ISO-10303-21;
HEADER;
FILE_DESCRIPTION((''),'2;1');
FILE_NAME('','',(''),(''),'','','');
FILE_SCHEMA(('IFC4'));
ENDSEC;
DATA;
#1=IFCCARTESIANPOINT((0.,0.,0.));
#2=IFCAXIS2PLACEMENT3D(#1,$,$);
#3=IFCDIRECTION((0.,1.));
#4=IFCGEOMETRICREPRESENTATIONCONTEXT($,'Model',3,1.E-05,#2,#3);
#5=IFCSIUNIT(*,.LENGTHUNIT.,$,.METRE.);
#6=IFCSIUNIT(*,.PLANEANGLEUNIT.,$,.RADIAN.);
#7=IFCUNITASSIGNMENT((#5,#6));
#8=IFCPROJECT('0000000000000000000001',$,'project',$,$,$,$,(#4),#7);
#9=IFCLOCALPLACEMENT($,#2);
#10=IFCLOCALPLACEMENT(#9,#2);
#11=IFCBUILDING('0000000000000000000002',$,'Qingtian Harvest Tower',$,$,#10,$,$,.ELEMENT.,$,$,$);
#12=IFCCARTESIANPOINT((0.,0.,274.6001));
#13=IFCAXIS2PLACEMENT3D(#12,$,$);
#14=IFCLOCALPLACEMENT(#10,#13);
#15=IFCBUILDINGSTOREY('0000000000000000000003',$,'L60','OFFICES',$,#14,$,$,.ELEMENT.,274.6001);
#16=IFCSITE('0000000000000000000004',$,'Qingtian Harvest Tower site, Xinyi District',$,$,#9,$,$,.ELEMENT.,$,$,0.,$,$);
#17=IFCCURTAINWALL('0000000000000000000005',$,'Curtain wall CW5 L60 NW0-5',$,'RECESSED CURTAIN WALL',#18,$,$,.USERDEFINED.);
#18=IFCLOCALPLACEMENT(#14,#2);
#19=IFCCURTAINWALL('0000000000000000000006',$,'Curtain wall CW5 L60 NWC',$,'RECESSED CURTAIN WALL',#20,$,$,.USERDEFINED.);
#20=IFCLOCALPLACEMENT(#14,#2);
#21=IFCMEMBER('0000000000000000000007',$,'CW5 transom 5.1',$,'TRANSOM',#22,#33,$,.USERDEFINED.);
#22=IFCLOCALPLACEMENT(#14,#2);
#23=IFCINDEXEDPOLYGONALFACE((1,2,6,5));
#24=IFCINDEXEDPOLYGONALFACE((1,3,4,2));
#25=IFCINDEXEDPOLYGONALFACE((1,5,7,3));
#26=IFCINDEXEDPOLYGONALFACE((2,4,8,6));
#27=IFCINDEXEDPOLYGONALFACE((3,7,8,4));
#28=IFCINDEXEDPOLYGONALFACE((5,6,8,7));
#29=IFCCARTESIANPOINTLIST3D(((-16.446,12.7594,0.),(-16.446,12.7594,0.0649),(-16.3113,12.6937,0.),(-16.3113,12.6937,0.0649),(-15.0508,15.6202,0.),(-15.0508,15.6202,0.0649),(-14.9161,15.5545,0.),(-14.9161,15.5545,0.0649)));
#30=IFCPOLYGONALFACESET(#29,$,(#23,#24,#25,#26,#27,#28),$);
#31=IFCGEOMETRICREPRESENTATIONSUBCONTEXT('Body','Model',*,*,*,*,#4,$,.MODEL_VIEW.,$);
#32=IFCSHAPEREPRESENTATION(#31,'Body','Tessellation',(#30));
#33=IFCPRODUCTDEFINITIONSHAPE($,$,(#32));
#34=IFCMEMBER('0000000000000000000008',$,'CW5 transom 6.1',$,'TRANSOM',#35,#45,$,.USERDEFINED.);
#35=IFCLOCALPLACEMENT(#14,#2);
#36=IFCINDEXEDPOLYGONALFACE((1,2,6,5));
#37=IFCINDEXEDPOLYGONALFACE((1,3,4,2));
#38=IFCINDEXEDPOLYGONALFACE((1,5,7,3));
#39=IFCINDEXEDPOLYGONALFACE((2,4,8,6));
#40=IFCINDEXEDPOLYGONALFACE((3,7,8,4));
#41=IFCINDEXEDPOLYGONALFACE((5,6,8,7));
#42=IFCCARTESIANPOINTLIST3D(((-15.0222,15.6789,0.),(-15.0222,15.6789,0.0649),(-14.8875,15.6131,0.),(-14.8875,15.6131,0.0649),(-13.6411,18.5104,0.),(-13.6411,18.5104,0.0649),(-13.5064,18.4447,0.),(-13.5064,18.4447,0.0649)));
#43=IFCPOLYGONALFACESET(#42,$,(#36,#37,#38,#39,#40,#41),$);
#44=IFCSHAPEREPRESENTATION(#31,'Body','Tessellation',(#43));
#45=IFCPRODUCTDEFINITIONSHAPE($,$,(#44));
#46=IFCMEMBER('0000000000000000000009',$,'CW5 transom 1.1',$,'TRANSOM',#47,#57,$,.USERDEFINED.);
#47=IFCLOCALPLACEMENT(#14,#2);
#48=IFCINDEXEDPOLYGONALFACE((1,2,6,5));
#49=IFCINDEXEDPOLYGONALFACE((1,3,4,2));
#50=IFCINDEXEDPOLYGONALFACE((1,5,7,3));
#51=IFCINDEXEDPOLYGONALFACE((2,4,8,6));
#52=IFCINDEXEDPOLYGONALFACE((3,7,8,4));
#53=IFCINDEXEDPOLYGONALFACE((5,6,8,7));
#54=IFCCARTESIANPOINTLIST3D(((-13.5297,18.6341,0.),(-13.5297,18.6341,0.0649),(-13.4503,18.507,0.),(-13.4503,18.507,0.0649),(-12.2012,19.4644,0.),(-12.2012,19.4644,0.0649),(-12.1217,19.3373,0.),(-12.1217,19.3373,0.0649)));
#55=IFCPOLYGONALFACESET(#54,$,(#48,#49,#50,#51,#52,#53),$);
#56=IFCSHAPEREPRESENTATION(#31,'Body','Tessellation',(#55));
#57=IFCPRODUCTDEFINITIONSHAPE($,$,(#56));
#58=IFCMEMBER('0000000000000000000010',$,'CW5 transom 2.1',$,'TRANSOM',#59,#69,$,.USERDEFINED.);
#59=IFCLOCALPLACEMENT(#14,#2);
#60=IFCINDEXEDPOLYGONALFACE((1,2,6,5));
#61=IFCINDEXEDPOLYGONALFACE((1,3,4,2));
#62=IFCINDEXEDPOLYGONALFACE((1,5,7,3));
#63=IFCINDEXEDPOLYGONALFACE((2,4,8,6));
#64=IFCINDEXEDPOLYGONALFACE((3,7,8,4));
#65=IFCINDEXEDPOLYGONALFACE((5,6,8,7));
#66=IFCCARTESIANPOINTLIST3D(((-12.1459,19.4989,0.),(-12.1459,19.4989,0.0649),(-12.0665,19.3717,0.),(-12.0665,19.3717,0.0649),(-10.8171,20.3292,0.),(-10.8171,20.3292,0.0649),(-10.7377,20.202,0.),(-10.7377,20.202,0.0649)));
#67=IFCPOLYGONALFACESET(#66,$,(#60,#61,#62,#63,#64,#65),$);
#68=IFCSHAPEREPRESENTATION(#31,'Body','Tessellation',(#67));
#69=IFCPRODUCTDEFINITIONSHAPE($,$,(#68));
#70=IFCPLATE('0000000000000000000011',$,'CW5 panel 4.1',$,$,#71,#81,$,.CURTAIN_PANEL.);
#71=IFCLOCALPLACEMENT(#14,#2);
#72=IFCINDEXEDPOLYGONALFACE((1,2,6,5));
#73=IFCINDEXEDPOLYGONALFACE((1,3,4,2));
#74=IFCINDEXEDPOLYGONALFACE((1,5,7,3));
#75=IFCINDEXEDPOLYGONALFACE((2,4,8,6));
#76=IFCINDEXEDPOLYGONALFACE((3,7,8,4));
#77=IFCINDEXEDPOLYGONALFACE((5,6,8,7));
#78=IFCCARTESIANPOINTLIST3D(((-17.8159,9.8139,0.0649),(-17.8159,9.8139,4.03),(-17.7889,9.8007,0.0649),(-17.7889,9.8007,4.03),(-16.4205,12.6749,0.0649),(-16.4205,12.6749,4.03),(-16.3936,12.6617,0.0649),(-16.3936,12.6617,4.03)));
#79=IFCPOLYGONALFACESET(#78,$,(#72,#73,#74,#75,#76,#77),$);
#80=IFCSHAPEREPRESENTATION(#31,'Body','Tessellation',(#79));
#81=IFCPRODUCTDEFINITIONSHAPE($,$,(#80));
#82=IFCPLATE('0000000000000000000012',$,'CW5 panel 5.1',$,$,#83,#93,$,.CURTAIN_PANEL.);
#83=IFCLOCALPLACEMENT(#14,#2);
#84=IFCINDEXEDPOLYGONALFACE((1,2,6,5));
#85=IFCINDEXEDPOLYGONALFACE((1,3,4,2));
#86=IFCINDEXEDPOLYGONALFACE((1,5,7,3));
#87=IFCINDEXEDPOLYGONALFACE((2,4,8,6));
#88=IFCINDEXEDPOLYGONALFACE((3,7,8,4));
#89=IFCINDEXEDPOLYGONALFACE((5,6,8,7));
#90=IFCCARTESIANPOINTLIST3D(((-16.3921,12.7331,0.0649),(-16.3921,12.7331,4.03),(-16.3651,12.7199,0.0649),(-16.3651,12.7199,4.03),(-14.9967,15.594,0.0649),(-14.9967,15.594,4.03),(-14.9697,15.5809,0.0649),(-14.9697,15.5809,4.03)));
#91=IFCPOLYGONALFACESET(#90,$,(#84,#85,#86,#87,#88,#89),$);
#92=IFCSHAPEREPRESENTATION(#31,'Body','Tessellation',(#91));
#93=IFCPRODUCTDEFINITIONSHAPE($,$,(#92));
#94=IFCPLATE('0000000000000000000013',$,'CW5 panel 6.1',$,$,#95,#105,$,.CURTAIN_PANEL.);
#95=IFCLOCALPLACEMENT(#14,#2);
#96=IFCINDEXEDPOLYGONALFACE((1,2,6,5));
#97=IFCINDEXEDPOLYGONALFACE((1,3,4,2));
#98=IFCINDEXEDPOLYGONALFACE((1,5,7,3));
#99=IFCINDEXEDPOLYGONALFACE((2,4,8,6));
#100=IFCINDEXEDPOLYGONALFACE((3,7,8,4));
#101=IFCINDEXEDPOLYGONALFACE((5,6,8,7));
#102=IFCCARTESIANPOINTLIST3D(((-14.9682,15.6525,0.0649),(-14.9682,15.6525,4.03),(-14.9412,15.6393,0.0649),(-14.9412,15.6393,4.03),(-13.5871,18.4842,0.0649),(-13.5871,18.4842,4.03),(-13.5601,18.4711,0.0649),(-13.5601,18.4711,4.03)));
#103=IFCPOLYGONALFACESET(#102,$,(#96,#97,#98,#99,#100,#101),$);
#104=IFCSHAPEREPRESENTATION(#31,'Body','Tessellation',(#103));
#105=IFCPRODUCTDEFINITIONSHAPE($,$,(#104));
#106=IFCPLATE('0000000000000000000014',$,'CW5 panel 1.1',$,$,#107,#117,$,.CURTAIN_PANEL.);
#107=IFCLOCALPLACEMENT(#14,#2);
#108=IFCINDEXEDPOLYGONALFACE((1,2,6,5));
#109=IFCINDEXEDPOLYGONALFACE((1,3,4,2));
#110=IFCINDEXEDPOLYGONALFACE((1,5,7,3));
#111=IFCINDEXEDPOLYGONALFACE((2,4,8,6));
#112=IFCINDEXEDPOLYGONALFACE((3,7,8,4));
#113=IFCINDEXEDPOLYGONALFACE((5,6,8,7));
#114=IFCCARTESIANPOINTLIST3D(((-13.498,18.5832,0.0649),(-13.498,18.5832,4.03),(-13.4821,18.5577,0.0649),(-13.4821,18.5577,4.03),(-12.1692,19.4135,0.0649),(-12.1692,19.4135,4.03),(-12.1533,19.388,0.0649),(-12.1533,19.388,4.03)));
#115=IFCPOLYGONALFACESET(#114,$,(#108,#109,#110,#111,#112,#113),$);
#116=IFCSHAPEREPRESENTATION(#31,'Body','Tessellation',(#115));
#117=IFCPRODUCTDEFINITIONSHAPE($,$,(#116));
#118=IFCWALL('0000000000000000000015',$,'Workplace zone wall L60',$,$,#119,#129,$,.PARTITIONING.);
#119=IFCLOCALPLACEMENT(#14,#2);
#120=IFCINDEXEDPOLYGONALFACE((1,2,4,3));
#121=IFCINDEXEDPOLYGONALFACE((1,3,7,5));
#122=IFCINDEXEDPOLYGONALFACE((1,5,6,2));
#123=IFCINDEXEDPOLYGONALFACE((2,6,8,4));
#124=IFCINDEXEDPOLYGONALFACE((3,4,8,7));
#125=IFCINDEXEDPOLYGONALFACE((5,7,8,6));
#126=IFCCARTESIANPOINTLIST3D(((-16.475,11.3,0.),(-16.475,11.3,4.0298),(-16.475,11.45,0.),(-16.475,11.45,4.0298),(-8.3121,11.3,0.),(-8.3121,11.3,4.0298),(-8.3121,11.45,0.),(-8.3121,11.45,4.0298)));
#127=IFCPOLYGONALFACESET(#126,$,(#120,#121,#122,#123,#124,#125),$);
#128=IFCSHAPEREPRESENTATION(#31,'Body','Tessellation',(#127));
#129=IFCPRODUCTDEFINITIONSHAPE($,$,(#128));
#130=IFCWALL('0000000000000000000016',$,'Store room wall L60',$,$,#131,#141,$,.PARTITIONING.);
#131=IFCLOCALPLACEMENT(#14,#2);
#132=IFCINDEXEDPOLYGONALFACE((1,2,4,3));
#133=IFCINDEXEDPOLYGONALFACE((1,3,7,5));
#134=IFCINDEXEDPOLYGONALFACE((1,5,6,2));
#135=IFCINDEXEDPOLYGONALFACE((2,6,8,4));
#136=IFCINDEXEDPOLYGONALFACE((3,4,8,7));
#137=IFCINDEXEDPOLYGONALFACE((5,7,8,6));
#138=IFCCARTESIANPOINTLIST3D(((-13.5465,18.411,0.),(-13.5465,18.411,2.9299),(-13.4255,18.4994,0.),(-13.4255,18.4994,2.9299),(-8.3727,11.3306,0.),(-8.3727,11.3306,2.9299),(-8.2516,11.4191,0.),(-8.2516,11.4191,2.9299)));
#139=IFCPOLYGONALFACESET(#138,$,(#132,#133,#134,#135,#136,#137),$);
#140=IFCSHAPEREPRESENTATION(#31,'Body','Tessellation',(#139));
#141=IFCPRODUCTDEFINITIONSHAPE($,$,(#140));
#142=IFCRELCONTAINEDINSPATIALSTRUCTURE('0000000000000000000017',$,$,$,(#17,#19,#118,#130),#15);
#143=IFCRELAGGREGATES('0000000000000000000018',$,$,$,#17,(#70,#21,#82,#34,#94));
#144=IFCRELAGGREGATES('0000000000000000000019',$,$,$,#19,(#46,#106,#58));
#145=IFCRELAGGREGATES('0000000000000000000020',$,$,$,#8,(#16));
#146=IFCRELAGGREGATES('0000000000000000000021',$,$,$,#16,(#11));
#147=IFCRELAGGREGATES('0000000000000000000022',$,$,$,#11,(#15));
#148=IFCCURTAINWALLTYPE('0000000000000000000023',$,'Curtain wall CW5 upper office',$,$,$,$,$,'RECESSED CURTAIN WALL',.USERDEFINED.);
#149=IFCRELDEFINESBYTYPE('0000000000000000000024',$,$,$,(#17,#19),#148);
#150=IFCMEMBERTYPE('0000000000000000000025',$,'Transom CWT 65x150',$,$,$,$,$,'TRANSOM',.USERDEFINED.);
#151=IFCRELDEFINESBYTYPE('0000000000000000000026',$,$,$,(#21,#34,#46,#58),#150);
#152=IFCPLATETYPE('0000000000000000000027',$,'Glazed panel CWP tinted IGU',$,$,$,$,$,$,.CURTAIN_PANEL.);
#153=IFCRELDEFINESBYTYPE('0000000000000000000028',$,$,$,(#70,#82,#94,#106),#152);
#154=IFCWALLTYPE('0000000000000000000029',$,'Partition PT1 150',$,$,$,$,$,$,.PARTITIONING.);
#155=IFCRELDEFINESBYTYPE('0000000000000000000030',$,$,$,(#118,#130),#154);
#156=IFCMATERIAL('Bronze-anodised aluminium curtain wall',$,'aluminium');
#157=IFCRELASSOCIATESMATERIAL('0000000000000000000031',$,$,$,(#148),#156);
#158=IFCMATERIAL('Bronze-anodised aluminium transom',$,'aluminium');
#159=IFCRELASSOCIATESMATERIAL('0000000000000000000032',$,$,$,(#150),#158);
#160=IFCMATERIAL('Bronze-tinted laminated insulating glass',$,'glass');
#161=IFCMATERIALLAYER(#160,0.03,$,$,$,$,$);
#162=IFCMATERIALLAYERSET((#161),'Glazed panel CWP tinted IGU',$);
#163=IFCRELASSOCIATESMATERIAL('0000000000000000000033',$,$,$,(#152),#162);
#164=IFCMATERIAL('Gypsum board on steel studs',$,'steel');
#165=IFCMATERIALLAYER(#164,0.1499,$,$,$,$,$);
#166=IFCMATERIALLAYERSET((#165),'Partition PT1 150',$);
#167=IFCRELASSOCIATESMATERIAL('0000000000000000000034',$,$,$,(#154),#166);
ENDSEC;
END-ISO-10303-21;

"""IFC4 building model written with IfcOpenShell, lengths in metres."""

from ifc_helpers import new_model, si_unit, direction, frame, frame_2d, origin, origin_2d, place, context, subcontext, project, spatial, rectangle, extrude, material, layer, layer_set, material_profile, profile_set, type_object, element, aggregate, save


model = new_model("IFC4")

# Units and contexts
model_context = context("Model", 3, precision=1e-05, world=origin(), true_north=direction((0.0, 1.0)))
body_context = subcontext(model_context, "Body", "Model", "MODEL_VIEW")
ifc_project = project(units=[si_unit("LENGTHUNIT", "METRE"), si_unit("PLANEANGLEUNIT", "RADIAN")], contexts=[model_context])

# Site, building, storey
site_placement = place(None, origin())
site = spatial("IfcSite", under=ifc_project, at=site_placement, Name="Qingtian Harvest Tower site, Xinyi District", CompositionType="ELEMENT", RefElevation=0.0)
building_placement = place(site_placement, origin())
building = spatial("IfcBuilding", under=site, at=building_placement, Name="Qingtian Harvest Tower", CompositionType="ELEMENT")
storey_placement = place(building_placement, frame((0.0, 0.0, 274.6001)))
storey = spatial("IfcBuildingStorey", under=building, at=storey_placement, Name="L60", Description="OFFICES", CompositionType="ELEMENT", Elevation=274.6001)

# Curtain walls
ifc_material_1 = material(Name="Bronze-anodised aluminium curtain wall", Category="aluminium")
curtain_wall_type = type_object("IfcCurtainWallType", Name="Curtain wall CW5 upper office", ElementType="RECESSED CURTAIN WALL", PredefinedType="USERDEFINED", material=ifc_material_1)
curtain_wall_1_placement = place(storey_placement, origin())
curtain_wall_1 = element("IfcCurtainWall", 1, at=curtain_wall_1_placement, inside=storey, type_object=curtain_wall_type, Name="Curtain wall CW5 L60 NW0-5", ObjectType="RECESSED CURTAIN WALL", PredefinedType="USERDEFINED")
curtain_wall_2_placement = place(storey_placement, origin())
curtain_wall_2 = element("IfcCurtainWall", 2, at=curtain_wall_2_placement, inside=storey, type_object=curtain_wall_type, Name="Curtain wall CW5 L60 NWC", ObjectType="RECESSED CURTAIN WALL", PredefinedType="USERDEFINED")

# Members
ifc_material_2 = material(Name="Bronze-anodised aluminium transom", Category="aluminium")
ifc_material_profile_1 = material_profile(ifc_material_2, rectangle(XDim=0.1499, YDim=0.0649, at=origin_2d()), Name="AL 65x150")
ifc_profile_set_1 = profile_set([ifc_material_profile_1], Name="Bronze-anodised aluminium transom")
member_type_1 = type_object("IfcMemberType", Name="Transom CWT 65x150", ElementType="TRANSOM", PredefinedType="USERDEFINED", material=ifc_profile_set_1)
member_1_placement = place(storey_placement, frame((-16.3787, 12.7266, 0.0325), z_axis=(0.438356, 0.898802, 0.0), x_axis=(-0.898802, 0.438356, 0.0)))
member_1 = element("IfcMember", 3, at=member_1_placement, type_object=member_type_1, Name="CW5 transom 5.1", ObjectType="TRANSOM", PredefinedType="USERDEFINED", context=body_context, shape_type="SweptSolid", body=[
    extrude(rectangle(XDim=0.1499, YDim=0.0649, at=origin_2d()), origin(), (0.0, 0.0, 1.0), 3.1829),
])
member_2_placement = place(storey_placement, frame((-14.9548, 15.646, 0.0325), z_axis=(0.438389, 0.898786, 0.0), x_axis=(-0.898786, 0.438389, 0.0)))
member_2 = element("IfcMember", 4, at=member_2_placement, type_object=member_type_1, Name="CW5 transom 6.1", ObjectType="TRANSOM", PredefinedType="USERDEFINED", context=body_context, shape_type="SweptSolid", body=[
    extrude(rectangle(XDim=0.1499, YDim=0.0649, at=origin_2d()), origin(), (0.0, 0.0, 1.0), 3.1504),
])
member_3_placement = place(storey_placement, frame((-13.49, 18.5706, 0.0325), z_axis=(0.848016, 0.529971, 0.0), x_axis=(-0.529971, 0.848016, 0.0)))
member_3 = element("IfcMember", 5, at=member_3_placement, type_object=member_type_1, Name="CW5 transom 1.1", ObjectType="TRANSOM", PredefinedType="USERDEFINED", context=body_context, shape_type="SweptSolid", body=[
    extrude(rectangle(XDim=0.1499, YDim=0.0649, at=origin_2d()), origin(), (0.0, 0.0, 1.0), 1.5667),
])
member_4_placement = place(storey_placement, frame((-12.1062, 19.4353, 0.0325), z_axis=(0.84806, 0.529901, 0.0), x_axis=(-0.529901, 0.84806, 0.0)))
member_4 = element("IfcMember", 6, at=member_4_placement, type_object=member_type_1, Name="CW5 transom 2.1", ObjectType="TRANSOM", PredefinedType="USERDEFINED", context=body_context, shape_type="SweptSolid", body=[
    extrude(rectangle(XDim=0.1499, YDim=0.0649, at=origin_2d()), origin(), (0.0, 0.0, 1.0), 1.5669),
])

# Plates
ifc_material_3 = material(Name="Bronze-tinted laminated insulating glass", Category="glass")
ifc_layer_1 = layer(ifc_material_3, 0.03)
ifc_layer_set_1 = layer_set([ifc_layer_1], Name="Glazed panel CWP tinted IGU")
plate_type = type_object("IfcPlateType", Name="Glazed panel CWP tinted IGU", PredefinedType="CURTAIN_PANEL", material=ifc_layer_set_1)
plate_1_placement = place(storey_placement, frame((-17.1047, 11.2378, 0.0649), z_axis=(0.0, 0.0, 1.0), x_axis=(0.438371, 0.898794, 0.0)))
plate_1 = element("IfcPlate", 7, at=plate_1_placement, type_object=plate_type, Name="CW5 panel 4.1", PredefinedType="CURTAIN_PANEL", context=body_context, shape_type="SweptSolid", body=[
    extrude(rectangle(XDim=3.1831, YDim=0.03, at=origin_2d()), origin(), (0.0, 0.0, 1.0), 3.9651),
])
plate_2_placement = place(storey_placement, frame((-15.6809, 14.157, 0.0649), z_axis=(0.0, 0.0, 1.0), x_axis=(0.438371, 0.898794, 0.0)))
plate_2 = element("IfcPlate", 8, at=plate_2_placement, type_object=plate_type, Name="CW5 panel 5.1", PredefinedType="CURTAIN_PANEL", context=body_context, shape_type="SweptSolid", body=[
    extrude(rectangle(XDim=3.1831, YDim=0.03, at=origin_2d()), origin(), (0.0, 0.0, 1.0), 3.9651),
])
plate_3_placement = place(storey_placement, frame((-14.2642, 17.0618, 0.0649), z_axis=(0.0, 0.0, 1.0), x_axis=(0.438371, 0.898794, 0.0)))
plate_3 = element("IfcPlate", 9, at=plate_3_placement, type_object=plate_type, Name="CW5 panel 6.1", PredefinedType="CURTAIN_PANEL", context=body_context, shape_type="SweptSolid", body=[
    extrude(rectangle(XDim=3.1506, YDim=0.03, at=origin_2d()), origin(), (0.0, 0.0, 1.0), 3.9651),
])
aggregate(curtain_wall_1, [plate_1, member_1, plate_2, member_2, plate_3])
plate_4_placement = place(storey_placement, frame((-12.8257, 18.9856, 0.0649), z_axis=(0.0, 0.0, 1.0), x_axis=(0.848048, 0.529919, 0.0)))
plate_4 = element("IfcPlate", 10, at=plate_4_placement, type_object=plate_type, Name="CW5 panel 1.1", PredefinedType="CURTAIN_PANEL", context=body_context, shape_type="SweptSolid", body=[
    extrude(rectangle(XDim=1.5669, YDim=0.03, at=origin_2d()), origin(), (0.0, 0.0, 1.0), 3.9651),
])
aggregate(curtain_wall_2, [member_3, plate_4, member_4])

# Walls
ifc_material_4 = material(Name="Gypsum board on steel studs", Category="steel")
ifc_layer_2 = layer(ifc_material_4, 0.1499)
ifc_layer_set_2 = layer_set([ifc_layer_2], Name="Partition PT1 150")
wall_type = type_object("IfcWallType", Name="Partition PT1 150", PredefinedType="PARTITIONING", material=ifc_layer_set_2)
wall_1_placement = place(storey_placement, frame((-16.4751, 11.375, 0.0), z_axis=(0.0, 0.0, 1.0), x_axis=(1.0, 0.0, 0.0)))
element("IfcWall", 11, at=wall_1_placement, inside=storey, type_object=wall_type, Name="Workplace zone wall L60", PredefinedType="PARTITIONING", context=body_context, shape_type="SweptSolid", body=[
    extrude(rectangle(XDim=8.1628, YDim=0.1499, at=frame_2d((4.0815, 0.0))), origin(), (0.0, 0.0, 1.0), 4.0298),
])
wall_2_placement = place(storey_placement, frame((-13.4861, 18.4553, 0.0), z_axis=(0.0, 0.0, 1.0), x_axis=(0.589998, -0.807405, 0.0)))
element("IfcWall", 12, at=wall_2_placement, inside=storey, type_object=wall_type, Name="Store room wall L60", PredefinedType="PARTITIONING", context=body_context, shape_type="SweptSolid", body=[
    extrude(rectangle(XDim=8.7693, YDim=0.1499, at=frame_2d((4.3848, 0.0))), origin(), (0.0, 0.0, 1.0), 2.9299),
])

save(model, "model.ifc")
